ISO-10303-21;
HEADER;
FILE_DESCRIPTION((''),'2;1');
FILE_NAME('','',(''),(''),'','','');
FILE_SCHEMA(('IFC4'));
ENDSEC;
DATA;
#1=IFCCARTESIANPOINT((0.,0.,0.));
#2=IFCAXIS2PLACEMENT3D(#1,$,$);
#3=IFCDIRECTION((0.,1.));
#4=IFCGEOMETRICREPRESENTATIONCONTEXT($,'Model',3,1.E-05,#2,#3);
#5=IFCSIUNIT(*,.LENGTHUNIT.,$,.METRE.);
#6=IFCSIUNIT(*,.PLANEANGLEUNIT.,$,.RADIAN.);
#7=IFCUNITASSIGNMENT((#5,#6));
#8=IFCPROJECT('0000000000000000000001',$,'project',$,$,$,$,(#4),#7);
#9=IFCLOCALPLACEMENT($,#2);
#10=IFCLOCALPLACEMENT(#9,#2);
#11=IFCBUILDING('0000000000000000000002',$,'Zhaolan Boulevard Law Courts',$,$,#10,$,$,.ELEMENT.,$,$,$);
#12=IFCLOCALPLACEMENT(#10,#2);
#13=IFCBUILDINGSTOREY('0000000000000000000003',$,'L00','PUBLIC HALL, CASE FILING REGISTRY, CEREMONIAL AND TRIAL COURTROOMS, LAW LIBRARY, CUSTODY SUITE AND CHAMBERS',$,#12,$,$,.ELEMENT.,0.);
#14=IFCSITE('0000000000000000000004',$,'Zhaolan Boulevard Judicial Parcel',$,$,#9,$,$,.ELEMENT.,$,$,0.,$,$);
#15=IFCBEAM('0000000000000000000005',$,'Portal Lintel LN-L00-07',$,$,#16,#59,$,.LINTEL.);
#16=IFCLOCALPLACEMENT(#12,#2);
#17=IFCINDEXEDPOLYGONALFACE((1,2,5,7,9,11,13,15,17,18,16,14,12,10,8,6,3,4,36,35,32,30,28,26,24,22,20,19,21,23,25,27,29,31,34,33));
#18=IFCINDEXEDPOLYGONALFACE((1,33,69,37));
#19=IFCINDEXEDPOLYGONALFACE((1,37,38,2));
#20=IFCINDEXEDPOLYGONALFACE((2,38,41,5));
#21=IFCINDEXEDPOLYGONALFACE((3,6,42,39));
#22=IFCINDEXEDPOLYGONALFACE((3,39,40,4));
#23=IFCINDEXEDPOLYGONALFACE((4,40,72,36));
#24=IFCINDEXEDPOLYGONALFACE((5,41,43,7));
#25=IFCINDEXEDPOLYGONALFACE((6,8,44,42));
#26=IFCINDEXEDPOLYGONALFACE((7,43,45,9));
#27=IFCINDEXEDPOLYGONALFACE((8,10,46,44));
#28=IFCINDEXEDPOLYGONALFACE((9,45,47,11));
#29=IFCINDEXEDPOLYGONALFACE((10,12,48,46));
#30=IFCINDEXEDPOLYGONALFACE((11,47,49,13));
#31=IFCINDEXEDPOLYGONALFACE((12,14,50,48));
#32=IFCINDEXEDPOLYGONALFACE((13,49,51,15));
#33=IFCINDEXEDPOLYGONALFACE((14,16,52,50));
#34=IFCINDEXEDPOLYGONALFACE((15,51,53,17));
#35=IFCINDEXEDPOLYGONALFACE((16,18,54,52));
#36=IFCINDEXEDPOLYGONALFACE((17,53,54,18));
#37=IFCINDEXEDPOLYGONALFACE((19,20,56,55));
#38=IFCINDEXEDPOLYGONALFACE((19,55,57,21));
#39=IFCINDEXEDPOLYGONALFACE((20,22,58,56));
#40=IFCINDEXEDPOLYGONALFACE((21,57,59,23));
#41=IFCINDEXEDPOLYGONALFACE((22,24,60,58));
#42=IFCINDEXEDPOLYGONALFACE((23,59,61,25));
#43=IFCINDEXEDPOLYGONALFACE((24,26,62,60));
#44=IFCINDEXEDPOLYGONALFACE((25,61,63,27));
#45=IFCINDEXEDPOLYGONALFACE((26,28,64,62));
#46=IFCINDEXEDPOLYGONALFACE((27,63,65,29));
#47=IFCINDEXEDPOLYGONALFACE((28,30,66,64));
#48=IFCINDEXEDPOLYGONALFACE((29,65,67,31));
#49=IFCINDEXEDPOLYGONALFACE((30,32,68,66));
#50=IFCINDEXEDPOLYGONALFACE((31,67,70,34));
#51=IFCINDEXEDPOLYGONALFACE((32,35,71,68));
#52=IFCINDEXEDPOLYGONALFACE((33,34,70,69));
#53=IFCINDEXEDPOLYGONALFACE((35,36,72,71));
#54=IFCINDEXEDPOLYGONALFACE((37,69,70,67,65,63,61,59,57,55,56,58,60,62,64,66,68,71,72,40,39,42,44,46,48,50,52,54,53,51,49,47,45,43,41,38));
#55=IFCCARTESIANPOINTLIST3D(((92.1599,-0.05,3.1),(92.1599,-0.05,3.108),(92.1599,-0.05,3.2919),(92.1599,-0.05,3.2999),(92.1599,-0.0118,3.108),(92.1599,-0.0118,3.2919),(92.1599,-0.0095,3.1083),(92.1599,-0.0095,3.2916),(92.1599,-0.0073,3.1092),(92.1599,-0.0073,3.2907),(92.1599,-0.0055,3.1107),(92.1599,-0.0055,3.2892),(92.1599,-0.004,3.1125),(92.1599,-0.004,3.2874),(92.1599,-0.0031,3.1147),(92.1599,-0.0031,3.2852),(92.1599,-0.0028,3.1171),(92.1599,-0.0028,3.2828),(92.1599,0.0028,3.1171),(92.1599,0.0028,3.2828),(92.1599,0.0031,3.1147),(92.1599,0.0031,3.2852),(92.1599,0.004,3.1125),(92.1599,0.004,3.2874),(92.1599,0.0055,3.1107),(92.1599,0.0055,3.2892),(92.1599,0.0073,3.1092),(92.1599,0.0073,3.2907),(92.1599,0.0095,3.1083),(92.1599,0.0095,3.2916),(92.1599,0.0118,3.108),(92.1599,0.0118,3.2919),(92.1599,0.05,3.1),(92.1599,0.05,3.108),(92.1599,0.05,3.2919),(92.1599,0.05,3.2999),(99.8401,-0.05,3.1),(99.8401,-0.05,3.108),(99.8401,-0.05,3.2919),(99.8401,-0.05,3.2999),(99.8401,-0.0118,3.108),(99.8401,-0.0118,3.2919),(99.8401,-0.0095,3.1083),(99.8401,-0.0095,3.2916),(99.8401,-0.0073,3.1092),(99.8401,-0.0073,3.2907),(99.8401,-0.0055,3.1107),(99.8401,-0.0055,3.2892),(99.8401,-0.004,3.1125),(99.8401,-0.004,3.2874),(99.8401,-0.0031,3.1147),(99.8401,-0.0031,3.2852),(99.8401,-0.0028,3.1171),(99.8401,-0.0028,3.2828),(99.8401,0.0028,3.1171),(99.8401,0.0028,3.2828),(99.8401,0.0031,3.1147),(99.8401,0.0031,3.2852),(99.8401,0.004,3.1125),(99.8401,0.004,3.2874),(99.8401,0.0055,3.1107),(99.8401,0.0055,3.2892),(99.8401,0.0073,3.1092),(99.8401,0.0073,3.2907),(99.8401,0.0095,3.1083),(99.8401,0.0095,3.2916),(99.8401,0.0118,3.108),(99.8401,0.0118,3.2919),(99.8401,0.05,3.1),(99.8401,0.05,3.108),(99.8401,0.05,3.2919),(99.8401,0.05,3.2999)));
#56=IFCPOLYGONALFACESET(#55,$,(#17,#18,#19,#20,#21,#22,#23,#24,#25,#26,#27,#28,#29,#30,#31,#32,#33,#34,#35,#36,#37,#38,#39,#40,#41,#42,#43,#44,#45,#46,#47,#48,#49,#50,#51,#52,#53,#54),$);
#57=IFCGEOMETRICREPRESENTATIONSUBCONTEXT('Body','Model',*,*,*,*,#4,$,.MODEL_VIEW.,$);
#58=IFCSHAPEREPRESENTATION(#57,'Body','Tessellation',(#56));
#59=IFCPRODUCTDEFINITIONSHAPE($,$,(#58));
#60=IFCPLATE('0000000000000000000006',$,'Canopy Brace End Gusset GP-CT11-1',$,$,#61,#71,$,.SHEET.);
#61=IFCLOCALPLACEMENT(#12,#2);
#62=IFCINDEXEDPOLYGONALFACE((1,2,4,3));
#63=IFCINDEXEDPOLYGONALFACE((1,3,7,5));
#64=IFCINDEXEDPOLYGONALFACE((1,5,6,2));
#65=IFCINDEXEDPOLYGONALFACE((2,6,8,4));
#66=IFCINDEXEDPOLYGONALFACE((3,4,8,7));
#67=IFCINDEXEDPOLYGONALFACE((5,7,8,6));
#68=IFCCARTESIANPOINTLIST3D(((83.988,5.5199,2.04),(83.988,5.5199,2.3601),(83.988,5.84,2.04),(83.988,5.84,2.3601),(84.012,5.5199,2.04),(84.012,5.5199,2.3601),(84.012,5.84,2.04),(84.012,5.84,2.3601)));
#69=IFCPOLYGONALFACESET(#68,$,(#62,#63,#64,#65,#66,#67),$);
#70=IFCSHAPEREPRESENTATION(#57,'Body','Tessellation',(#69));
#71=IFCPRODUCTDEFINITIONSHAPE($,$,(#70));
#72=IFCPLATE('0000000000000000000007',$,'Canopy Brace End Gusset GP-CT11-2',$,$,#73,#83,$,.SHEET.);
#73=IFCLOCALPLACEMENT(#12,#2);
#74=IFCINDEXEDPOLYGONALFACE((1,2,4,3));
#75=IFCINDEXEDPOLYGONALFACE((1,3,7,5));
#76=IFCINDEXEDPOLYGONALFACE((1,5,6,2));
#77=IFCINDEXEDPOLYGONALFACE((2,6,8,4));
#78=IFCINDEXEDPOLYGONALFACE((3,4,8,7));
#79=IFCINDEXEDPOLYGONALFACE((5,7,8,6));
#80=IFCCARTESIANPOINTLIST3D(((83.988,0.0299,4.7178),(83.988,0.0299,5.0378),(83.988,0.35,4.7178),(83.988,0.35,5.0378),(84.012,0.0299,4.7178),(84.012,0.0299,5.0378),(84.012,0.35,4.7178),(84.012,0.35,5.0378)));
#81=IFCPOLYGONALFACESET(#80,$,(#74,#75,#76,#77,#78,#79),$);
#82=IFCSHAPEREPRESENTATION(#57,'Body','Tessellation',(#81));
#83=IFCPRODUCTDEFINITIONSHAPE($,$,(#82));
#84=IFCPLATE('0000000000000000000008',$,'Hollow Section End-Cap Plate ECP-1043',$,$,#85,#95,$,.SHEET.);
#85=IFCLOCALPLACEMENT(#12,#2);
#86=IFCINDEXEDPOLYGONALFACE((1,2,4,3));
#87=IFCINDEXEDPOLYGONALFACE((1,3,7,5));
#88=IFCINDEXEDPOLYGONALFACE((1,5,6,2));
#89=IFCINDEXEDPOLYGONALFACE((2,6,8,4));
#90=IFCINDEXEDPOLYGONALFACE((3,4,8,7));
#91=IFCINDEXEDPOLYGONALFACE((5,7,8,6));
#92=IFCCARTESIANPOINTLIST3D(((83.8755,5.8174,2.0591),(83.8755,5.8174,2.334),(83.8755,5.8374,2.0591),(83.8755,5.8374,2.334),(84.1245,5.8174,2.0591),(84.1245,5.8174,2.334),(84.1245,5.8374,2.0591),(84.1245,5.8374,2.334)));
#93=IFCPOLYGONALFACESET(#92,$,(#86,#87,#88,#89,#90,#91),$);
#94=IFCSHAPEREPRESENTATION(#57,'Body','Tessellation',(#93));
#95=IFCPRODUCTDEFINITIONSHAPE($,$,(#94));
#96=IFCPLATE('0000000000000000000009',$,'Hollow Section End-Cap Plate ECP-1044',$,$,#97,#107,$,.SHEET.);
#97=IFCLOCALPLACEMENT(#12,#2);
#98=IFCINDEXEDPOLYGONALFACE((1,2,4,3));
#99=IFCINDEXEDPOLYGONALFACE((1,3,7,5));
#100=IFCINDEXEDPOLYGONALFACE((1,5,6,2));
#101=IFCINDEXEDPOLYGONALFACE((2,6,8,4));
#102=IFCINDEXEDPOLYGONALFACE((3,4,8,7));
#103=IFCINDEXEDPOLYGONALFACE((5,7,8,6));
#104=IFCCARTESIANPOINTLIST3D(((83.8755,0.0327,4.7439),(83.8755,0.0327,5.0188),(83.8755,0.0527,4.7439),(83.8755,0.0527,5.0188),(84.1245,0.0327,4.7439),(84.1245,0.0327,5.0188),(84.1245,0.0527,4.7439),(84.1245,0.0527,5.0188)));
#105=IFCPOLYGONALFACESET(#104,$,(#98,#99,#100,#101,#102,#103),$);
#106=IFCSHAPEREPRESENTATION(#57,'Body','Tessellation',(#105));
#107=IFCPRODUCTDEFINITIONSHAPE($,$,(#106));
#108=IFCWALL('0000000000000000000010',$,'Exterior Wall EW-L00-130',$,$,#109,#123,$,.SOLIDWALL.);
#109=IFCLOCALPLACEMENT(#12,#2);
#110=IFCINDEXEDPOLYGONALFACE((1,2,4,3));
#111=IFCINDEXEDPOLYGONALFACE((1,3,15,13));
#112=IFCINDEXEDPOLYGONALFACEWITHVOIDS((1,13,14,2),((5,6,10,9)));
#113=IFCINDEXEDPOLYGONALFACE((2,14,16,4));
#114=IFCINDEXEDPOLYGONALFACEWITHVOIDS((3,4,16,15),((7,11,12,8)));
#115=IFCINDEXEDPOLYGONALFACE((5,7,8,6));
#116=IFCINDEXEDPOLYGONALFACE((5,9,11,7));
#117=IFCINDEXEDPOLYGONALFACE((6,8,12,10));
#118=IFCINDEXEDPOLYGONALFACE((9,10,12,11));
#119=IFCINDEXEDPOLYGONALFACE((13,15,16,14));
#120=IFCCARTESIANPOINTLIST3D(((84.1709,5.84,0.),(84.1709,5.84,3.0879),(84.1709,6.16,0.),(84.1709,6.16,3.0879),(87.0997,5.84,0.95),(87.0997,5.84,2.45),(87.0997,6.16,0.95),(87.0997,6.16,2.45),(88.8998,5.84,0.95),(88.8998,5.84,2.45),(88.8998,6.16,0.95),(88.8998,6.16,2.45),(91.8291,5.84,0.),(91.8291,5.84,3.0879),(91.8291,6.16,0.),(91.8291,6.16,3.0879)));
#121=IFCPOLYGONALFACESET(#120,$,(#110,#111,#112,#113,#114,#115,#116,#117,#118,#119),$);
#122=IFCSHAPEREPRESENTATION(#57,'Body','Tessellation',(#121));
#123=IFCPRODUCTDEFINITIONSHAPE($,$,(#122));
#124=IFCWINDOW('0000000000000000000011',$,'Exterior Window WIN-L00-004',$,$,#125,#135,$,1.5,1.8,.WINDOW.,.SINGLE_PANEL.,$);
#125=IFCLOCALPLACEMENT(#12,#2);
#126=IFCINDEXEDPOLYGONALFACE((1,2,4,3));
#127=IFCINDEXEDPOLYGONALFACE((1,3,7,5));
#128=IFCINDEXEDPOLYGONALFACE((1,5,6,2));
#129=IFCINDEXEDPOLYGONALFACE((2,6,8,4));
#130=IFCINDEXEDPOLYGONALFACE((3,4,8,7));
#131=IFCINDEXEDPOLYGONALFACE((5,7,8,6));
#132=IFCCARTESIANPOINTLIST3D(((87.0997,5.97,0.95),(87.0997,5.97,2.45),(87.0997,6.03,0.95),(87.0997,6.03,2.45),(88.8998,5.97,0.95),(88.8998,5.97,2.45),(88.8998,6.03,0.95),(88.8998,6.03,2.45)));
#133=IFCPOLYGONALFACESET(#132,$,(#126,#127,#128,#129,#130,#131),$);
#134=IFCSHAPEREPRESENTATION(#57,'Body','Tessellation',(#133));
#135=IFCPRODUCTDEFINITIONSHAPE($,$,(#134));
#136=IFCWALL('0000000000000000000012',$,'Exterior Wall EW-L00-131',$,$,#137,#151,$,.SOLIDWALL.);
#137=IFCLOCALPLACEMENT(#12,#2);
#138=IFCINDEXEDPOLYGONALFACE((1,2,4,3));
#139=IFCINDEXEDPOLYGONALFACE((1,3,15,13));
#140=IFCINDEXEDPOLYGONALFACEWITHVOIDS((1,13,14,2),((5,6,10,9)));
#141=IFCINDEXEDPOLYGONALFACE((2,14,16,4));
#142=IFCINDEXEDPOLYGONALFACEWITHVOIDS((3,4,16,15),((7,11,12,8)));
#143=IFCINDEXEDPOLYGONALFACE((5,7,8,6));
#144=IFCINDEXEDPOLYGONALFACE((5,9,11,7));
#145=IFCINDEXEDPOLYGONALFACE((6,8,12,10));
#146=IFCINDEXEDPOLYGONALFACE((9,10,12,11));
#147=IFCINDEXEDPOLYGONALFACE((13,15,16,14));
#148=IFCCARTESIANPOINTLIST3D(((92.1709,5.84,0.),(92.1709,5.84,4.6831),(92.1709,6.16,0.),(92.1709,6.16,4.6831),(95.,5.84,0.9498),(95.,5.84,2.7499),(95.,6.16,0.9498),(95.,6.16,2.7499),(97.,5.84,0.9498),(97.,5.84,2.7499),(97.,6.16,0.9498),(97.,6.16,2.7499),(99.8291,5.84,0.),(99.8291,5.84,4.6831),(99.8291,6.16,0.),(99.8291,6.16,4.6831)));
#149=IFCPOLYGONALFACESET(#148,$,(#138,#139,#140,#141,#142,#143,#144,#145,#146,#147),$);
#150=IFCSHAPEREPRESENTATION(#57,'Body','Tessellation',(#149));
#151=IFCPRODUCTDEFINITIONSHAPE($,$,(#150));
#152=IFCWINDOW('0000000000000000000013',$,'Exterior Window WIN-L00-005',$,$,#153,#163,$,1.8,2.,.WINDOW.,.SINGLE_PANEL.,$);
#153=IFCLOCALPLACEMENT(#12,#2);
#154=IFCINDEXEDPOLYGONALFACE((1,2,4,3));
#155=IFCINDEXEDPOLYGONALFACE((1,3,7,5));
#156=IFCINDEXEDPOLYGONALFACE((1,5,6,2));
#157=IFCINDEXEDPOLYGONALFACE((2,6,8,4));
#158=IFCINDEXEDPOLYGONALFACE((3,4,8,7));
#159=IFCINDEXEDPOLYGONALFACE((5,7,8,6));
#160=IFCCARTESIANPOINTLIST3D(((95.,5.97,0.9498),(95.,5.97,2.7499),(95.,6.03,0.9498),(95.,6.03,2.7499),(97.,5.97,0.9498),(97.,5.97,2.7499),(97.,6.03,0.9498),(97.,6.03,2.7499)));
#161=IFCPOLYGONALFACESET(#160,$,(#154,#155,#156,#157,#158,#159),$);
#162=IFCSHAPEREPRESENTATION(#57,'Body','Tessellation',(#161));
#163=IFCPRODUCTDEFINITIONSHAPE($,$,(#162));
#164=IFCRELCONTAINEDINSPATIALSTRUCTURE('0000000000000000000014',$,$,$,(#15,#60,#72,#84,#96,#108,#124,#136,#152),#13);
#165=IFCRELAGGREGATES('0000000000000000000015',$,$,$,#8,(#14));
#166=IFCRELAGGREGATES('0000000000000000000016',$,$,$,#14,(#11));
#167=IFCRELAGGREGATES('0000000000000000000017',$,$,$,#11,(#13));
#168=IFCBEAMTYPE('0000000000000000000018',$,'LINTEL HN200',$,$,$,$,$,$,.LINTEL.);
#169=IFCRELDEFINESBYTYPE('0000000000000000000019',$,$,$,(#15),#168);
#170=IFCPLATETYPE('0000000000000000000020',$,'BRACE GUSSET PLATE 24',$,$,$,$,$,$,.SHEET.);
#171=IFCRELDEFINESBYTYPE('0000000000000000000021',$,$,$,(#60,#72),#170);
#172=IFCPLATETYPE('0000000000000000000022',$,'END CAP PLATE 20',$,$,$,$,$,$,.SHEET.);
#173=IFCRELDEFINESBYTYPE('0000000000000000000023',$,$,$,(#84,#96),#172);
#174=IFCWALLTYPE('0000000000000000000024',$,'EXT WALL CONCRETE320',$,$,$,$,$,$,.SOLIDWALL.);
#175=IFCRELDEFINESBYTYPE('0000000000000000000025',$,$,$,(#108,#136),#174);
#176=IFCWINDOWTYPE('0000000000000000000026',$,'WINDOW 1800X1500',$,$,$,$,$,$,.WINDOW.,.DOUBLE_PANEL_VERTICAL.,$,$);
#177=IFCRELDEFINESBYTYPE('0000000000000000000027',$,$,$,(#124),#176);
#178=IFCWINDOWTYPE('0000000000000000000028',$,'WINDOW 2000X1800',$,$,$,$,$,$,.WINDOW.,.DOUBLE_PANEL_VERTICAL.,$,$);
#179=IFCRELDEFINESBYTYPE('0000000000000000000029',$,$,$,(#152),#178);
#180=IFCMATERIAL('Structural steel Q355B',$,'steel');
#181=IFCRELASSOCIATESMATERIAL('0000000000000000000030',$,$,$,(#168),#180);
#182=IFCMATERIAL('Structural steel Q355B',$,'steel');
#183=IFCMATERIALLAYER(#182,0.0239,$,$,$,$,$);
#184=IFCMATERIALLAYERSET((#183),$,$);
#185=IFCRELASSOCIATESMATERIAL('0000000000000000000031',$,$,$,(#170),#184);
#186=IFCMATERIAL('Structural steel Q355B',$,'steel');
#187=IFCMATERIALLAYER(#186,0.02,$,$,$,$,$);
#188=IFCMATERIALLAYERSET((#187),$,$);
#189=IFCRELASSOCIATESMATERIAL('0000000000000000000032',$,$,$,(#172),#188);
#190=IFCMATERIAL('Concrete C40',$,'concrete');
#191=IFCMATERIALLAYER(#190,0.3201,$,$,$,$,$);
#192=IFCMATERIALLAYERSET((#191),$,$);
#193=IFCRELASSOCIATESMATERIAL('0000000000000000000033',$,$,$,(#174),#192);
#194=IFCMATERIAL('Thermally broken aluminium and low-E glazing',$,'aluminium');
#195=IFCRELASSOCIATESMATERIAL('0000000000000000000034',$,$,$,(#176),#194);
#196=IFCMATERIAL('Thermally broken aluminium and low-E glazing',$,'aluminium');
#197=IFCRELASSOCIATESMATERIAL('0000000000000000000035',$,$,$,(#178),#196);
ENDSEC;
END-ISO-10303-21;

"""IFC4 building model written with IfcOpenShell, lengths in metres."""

from ifc_helpers import new_model, si_unit, direction, frame, frame_2d, origin, origin_2d, place, context, subcontext, project, spatial, rectangle, i_section, extrude, material, layer, layer_set, material_profile, profile_set, type_object, element, fill, save


model = new_model("IFC4")

# Units and contexts
model_context = context("Model", 3, precision=1e-05, world=origin(), true_north=direction((0.0, 1.0)))
body_context = subcontext(model_context, "Body", "Model", "MODEL_VIEW")
ifc_project = project(units=[si_unit("LENGTHUNIT", "METRE"), si_unit("PLANEANGLEUNIT", "RADIAN")], contexts=[model_context])

# Site, building, storey
site_placement = place(None, origin())
site = spatial("IfcSite", under=ifc_project, at=site_placement, Name="Zhaolan Boulevard Judicial Parcel", CompositionType="ELEMENT", RefElevation=0.0)
building_placement = place(site_placement, origin())
building = spatial("IfcBuilding", under=site, at=building_placement, Name="Zhaolan Boulevard Law Courts", CompositionType="ELEMENT")
storey_placement = place(building_placement, origin())
storey = spatial("IfcBuildingStorey", under=building, at=storey_placement, Name="L00", Description="PUBLIC HALL, CASE FILING REGISTRY, CEREMONIAL AND TRIAL COURTROOMS, LAW LIBRARY, CUSTODY SUITE AND CHAMBERS", CompositionType="ELEMENT", Elevation=0.0)

# Beam
ifc_material_1 = material(Name="Structural steel Q355B", Category="steel")
ifc_material_profile_1 = material_profile(ifc_material_1, i_section(OverallWidth=0.1001, OverallDepth=0.2, WebThickness=0.0056, FlangeThickness=0.0081, FilletRadius=0.009, at=origin_2d()), Name="HN200x100")
ifc_profile_set_1 = profile_set([ifc_material_profile_1], Name="Structural steel Q355B")
beam_type_1 = type_object("IfcBeamType", Name="LINTEL HN200", PredefinedType="LINTEL", material=ifc_profile_set_1)
beam_1_placement = place(storey_placement, frame((92.1599, 0.0, 3.2), z_axis=(1.0, 0.0, 0.0), x_axis=(0.0, 1.0, 0.0)))
element("IfcBeam", 1, at=beam_1_placement, inside=storey, type_object=beam_type_1, Name="Portal Lintel LN-L00-07", PredefinedType="LINTEL", context=body_context, shape_type="SweptSolid", body=[
    extrude(i_section(OverallWidth=0.1001, OverallDepth=0.2, WebThickness=0.0056, FlangeThickness=0.0081, FilletRadius=0.009, at=origin_2d()), origin(), (0.0, 0.0, 1.0), 7.6802),
])

# Plates
ifc_material_2 = material(Name="Structural steel Q355B", Category="steel")
ifc_layer_1 = layer(ifc_material_2, 0.0239)
ifc_layer_set_1 = layer_set([ifc_layer_1])
plate_type_1 = type_object("IfcPlateType", Name="BRACE GUSSET PLATE 24", PredefinedType="SHEET", material=ifc_layer_set_1)
for number, where, z_axis, x_axis, name in (
    (2, (84.0, 5.6799, 2.04), (0.0, 0.0, 1.0), (1.0, 0.0, 0.0), "Canopy Brace End Gusset GP-CT11-1"),
    (3, (84.0, 0.1899, 4.7178), (0.0, 0.0, 1.0), (1.0, 0.0, 0.0), "Canopy Brace End Gusset GP-CT11-2"),
):
    element("IfcPlate", number, at=place(storey_placement, frame(where, z_axis=z_axis, x_axis=x_axis)), inside=storey, type_object=plate_type_1, Name=name, PredefinedType="SHEET", context=body_context, shape_type="SweptSolid", body=[
        extrude(rectangle(XDim=0.0239, YDim=0.3201, at=origin_2d()), origin(), (0.0, 0.0, 1.0), 0.3201),
    ])
ifc_material_3 = material(Name="Structural steel Q355B", Category="steel")
ifc_layer_2 = layer(ifc_material_3, 0.02)
ifc_layer_set_2 = layer_set([ifc_layer_2])
plate_type_2 = type_object("IfcPlateType", Name="END CAP PLATE 20", PredefinedType="SHEET", material=ifc_layer_set_2)
for number, where, z_axis, x_axis, name in (
    (4, (84.0, 5.8274, 2.0591), (0.0, 0.0, 1.0), (0.0, -1.0, 0.0), "Hollow Section End-Cap Plate ECP-1043"),
    (5, (84.0, 0.0427, 4.7439), (0.0, 0.0, 1.0), (0.0, -1.0, 0.0), "Hollow Section End-Cap Plate ECP-1044"),
):
    element("IfcPlate", number, at=place(storey_placement, frame(where, z_axis=z_axis, x_axis=x_axis)), inside=storey, type_object=plate_type_2, Name=name, PredefinedType="SHEET", context=body_context, shape_type="SweptSolid", body=[
        extrude(rectangle(XDim=0.02, YDim=0.249, at=origin_2d()), origin(), (0.0, 0.0, 1.0), 0.2749),
    ])

# Walls, openings, windows
ifc_material_4 = material(Name="Concrete C40", Category="concrete")
ifc_layer_3 = layer(ifc_material_4, 0.3201)
ifc_layer_set_3 = layer_set([ifc_layer_3])
wall_type = type_object("IfcWallType", Name="EXT WALL CONCRETE320", PredefinedType="SOLIDWALL", material=ifc_layer_set_3)
wall_1_placement = place(storey_placement, frame((84.1709, 6.0, 0.0), z_axis=(0.0, 0.0, 1.0), x_axis=(1.0, 0.0, 0.0)))
wall_1 = element("IfcWall", 6, at=wall_1_placement, inside=storey, type_object=wall_type, Name="Exterior Wall EW-L00-130", PredefinedType="SOLIDWALL", context=body_context, shape_type="SweptSolid", body=[
    extrude(rectangle(XDim=7.6582, YDim=0.3201, at=frame_2d((3.8291, 0.0))), origin(), (0.0, 0.0, 1.0), 3.0879),
])
opening_1_placement = place(wall_1_placement, frame((2.929, 0.0, 0.95)))
opening_1 = element("IfcOpeningElement", 7, at=opening_1_placement, cuts=wall_1, PredefinedType="OPENING", context=body_context, shape_type="SweptSolid", body=[
    extrude(rectangle(XDim=1.8, YDim=1.5, at=frame_2d((0.8999, 0.75))), frame((0.0, 0.1699, 0.0), z_axis=(0.0, -1.0, 0.0), x_axis=(1.0, 0.0, 0.0)), (0.0, 0.0, 1.0), 0.3401),
])
ifc_material_5 = material(Name="Thermally broken aluminium and low-E glazing", Category="aluminium")
window_type_1 = type_object("IfcWindowType", Name="WINDOW 1800X1500", PartitioningType="DOUBLE_PANEL_VERTICAL", PredefinedType="WINDOW", material=ifc_material_5)
window_1_placement = place(opening_1_placement, origin())
window_1 = element("IfcWindow", 8, at=window_1_placement, inside=storey, type_object=window_type_1, Name="Exterior Window WIN-L00-004", OverallHeight=1.5, OverallWidth=1.8, PartitioningType="SINGLE_PANEL", PredefinedType="WINDOW", context=body_context, shape_type="SweptSolid", body=[
    extrude(rectangle(XDim=1.8, YDim=1.5, at=frame_2d((0.8999, 0.75))), frame((0.0, 0.03, 0.0), z_axis=(0.0, -1.0, 0.0), x_axis=(1.0, 0.0, 0.0)), (0.0, 0.0, 1.0), 0.0601),
])
fill(opening_1, window_1)
wall_2_placement = place(storey_placement, frame((92.1709, 6.0, 0.0), z_axis=(0.0, 0.0, 1.0), x_axis=(1.0, 0.0, 0.0)))
wall_2 = element("IfcWall", 9, at=wall_2_placement, inside=storey, type_object=wall_type, Name="Exterior Wall EW-L00-131", PredefinedType="SOLIDWALL", context=body_context, shape_type="SweptSolid", body=[
    extrude(rectangle(XDim=7.6582, YDim=0.3201, at=frame_2d((3.8291, 0.0))), origin(), (0.0, 0.0, 1.0), 4.6831),
])
opening_2_placement = place(wall_2_placement, frame((2.8291, 0.0, 0.95)))
opening_2 = element("IfcOpeningElement", 10, at=opening_2_placement, cuts=wall_2, PredefinedType="OPENING", context=body_context, shape_type="SweptSolid", body=[
    extrude(rectangle(XDim=2.0, YDim=1.8, at=frame_2d((1.0, 0.8999))), frame((0.0, 0.1699, 0.0), z_axis=(0.0, -1.0, 0.0), x_axis=(1.0, 0.0, 0.0)), (0.0, 0.0, 1.0), 0.3401),
])
ifc_material_6 = material(Name="Thermally broken aluminium and low-E glazing", Category="aluminium")
window_type_2 = type_object("IfcWindowType", Name="WINDOW 2000X1800", PartitioningType="DOUBLE_PANEL_VERTICAL", PredefinedType="WINDOW", material=ifc_material_6)
window_2_placement = place(opening_2_placement, origin())
window_2 = element("IfcWindow", 11, at=window_2_placement, inside=storey, type_object=window_type_2, Name="Exterior Window WIN-L00-005", OverallHeight=1.8, OverallWidth=2.0, PartitioningType="SINGLE_PANEL", PredefinedType="WINDOW", context=body_context, shape_type="SweptSolid", body=[
    extrude(rectangle(XDim=2.0, YDim=1.8, at=frame_2d((1.0, 0.8999))), frame((0.0, 0.03, 0.0), z_axis=(0.0, -1.0, 0.0), x_axis=(1.0, 0.0, 0.0)), (0.0, 0.0, 1.0), 0.0601),
])
fill(opening_2, window_2)

save(model, "model.ifc")
